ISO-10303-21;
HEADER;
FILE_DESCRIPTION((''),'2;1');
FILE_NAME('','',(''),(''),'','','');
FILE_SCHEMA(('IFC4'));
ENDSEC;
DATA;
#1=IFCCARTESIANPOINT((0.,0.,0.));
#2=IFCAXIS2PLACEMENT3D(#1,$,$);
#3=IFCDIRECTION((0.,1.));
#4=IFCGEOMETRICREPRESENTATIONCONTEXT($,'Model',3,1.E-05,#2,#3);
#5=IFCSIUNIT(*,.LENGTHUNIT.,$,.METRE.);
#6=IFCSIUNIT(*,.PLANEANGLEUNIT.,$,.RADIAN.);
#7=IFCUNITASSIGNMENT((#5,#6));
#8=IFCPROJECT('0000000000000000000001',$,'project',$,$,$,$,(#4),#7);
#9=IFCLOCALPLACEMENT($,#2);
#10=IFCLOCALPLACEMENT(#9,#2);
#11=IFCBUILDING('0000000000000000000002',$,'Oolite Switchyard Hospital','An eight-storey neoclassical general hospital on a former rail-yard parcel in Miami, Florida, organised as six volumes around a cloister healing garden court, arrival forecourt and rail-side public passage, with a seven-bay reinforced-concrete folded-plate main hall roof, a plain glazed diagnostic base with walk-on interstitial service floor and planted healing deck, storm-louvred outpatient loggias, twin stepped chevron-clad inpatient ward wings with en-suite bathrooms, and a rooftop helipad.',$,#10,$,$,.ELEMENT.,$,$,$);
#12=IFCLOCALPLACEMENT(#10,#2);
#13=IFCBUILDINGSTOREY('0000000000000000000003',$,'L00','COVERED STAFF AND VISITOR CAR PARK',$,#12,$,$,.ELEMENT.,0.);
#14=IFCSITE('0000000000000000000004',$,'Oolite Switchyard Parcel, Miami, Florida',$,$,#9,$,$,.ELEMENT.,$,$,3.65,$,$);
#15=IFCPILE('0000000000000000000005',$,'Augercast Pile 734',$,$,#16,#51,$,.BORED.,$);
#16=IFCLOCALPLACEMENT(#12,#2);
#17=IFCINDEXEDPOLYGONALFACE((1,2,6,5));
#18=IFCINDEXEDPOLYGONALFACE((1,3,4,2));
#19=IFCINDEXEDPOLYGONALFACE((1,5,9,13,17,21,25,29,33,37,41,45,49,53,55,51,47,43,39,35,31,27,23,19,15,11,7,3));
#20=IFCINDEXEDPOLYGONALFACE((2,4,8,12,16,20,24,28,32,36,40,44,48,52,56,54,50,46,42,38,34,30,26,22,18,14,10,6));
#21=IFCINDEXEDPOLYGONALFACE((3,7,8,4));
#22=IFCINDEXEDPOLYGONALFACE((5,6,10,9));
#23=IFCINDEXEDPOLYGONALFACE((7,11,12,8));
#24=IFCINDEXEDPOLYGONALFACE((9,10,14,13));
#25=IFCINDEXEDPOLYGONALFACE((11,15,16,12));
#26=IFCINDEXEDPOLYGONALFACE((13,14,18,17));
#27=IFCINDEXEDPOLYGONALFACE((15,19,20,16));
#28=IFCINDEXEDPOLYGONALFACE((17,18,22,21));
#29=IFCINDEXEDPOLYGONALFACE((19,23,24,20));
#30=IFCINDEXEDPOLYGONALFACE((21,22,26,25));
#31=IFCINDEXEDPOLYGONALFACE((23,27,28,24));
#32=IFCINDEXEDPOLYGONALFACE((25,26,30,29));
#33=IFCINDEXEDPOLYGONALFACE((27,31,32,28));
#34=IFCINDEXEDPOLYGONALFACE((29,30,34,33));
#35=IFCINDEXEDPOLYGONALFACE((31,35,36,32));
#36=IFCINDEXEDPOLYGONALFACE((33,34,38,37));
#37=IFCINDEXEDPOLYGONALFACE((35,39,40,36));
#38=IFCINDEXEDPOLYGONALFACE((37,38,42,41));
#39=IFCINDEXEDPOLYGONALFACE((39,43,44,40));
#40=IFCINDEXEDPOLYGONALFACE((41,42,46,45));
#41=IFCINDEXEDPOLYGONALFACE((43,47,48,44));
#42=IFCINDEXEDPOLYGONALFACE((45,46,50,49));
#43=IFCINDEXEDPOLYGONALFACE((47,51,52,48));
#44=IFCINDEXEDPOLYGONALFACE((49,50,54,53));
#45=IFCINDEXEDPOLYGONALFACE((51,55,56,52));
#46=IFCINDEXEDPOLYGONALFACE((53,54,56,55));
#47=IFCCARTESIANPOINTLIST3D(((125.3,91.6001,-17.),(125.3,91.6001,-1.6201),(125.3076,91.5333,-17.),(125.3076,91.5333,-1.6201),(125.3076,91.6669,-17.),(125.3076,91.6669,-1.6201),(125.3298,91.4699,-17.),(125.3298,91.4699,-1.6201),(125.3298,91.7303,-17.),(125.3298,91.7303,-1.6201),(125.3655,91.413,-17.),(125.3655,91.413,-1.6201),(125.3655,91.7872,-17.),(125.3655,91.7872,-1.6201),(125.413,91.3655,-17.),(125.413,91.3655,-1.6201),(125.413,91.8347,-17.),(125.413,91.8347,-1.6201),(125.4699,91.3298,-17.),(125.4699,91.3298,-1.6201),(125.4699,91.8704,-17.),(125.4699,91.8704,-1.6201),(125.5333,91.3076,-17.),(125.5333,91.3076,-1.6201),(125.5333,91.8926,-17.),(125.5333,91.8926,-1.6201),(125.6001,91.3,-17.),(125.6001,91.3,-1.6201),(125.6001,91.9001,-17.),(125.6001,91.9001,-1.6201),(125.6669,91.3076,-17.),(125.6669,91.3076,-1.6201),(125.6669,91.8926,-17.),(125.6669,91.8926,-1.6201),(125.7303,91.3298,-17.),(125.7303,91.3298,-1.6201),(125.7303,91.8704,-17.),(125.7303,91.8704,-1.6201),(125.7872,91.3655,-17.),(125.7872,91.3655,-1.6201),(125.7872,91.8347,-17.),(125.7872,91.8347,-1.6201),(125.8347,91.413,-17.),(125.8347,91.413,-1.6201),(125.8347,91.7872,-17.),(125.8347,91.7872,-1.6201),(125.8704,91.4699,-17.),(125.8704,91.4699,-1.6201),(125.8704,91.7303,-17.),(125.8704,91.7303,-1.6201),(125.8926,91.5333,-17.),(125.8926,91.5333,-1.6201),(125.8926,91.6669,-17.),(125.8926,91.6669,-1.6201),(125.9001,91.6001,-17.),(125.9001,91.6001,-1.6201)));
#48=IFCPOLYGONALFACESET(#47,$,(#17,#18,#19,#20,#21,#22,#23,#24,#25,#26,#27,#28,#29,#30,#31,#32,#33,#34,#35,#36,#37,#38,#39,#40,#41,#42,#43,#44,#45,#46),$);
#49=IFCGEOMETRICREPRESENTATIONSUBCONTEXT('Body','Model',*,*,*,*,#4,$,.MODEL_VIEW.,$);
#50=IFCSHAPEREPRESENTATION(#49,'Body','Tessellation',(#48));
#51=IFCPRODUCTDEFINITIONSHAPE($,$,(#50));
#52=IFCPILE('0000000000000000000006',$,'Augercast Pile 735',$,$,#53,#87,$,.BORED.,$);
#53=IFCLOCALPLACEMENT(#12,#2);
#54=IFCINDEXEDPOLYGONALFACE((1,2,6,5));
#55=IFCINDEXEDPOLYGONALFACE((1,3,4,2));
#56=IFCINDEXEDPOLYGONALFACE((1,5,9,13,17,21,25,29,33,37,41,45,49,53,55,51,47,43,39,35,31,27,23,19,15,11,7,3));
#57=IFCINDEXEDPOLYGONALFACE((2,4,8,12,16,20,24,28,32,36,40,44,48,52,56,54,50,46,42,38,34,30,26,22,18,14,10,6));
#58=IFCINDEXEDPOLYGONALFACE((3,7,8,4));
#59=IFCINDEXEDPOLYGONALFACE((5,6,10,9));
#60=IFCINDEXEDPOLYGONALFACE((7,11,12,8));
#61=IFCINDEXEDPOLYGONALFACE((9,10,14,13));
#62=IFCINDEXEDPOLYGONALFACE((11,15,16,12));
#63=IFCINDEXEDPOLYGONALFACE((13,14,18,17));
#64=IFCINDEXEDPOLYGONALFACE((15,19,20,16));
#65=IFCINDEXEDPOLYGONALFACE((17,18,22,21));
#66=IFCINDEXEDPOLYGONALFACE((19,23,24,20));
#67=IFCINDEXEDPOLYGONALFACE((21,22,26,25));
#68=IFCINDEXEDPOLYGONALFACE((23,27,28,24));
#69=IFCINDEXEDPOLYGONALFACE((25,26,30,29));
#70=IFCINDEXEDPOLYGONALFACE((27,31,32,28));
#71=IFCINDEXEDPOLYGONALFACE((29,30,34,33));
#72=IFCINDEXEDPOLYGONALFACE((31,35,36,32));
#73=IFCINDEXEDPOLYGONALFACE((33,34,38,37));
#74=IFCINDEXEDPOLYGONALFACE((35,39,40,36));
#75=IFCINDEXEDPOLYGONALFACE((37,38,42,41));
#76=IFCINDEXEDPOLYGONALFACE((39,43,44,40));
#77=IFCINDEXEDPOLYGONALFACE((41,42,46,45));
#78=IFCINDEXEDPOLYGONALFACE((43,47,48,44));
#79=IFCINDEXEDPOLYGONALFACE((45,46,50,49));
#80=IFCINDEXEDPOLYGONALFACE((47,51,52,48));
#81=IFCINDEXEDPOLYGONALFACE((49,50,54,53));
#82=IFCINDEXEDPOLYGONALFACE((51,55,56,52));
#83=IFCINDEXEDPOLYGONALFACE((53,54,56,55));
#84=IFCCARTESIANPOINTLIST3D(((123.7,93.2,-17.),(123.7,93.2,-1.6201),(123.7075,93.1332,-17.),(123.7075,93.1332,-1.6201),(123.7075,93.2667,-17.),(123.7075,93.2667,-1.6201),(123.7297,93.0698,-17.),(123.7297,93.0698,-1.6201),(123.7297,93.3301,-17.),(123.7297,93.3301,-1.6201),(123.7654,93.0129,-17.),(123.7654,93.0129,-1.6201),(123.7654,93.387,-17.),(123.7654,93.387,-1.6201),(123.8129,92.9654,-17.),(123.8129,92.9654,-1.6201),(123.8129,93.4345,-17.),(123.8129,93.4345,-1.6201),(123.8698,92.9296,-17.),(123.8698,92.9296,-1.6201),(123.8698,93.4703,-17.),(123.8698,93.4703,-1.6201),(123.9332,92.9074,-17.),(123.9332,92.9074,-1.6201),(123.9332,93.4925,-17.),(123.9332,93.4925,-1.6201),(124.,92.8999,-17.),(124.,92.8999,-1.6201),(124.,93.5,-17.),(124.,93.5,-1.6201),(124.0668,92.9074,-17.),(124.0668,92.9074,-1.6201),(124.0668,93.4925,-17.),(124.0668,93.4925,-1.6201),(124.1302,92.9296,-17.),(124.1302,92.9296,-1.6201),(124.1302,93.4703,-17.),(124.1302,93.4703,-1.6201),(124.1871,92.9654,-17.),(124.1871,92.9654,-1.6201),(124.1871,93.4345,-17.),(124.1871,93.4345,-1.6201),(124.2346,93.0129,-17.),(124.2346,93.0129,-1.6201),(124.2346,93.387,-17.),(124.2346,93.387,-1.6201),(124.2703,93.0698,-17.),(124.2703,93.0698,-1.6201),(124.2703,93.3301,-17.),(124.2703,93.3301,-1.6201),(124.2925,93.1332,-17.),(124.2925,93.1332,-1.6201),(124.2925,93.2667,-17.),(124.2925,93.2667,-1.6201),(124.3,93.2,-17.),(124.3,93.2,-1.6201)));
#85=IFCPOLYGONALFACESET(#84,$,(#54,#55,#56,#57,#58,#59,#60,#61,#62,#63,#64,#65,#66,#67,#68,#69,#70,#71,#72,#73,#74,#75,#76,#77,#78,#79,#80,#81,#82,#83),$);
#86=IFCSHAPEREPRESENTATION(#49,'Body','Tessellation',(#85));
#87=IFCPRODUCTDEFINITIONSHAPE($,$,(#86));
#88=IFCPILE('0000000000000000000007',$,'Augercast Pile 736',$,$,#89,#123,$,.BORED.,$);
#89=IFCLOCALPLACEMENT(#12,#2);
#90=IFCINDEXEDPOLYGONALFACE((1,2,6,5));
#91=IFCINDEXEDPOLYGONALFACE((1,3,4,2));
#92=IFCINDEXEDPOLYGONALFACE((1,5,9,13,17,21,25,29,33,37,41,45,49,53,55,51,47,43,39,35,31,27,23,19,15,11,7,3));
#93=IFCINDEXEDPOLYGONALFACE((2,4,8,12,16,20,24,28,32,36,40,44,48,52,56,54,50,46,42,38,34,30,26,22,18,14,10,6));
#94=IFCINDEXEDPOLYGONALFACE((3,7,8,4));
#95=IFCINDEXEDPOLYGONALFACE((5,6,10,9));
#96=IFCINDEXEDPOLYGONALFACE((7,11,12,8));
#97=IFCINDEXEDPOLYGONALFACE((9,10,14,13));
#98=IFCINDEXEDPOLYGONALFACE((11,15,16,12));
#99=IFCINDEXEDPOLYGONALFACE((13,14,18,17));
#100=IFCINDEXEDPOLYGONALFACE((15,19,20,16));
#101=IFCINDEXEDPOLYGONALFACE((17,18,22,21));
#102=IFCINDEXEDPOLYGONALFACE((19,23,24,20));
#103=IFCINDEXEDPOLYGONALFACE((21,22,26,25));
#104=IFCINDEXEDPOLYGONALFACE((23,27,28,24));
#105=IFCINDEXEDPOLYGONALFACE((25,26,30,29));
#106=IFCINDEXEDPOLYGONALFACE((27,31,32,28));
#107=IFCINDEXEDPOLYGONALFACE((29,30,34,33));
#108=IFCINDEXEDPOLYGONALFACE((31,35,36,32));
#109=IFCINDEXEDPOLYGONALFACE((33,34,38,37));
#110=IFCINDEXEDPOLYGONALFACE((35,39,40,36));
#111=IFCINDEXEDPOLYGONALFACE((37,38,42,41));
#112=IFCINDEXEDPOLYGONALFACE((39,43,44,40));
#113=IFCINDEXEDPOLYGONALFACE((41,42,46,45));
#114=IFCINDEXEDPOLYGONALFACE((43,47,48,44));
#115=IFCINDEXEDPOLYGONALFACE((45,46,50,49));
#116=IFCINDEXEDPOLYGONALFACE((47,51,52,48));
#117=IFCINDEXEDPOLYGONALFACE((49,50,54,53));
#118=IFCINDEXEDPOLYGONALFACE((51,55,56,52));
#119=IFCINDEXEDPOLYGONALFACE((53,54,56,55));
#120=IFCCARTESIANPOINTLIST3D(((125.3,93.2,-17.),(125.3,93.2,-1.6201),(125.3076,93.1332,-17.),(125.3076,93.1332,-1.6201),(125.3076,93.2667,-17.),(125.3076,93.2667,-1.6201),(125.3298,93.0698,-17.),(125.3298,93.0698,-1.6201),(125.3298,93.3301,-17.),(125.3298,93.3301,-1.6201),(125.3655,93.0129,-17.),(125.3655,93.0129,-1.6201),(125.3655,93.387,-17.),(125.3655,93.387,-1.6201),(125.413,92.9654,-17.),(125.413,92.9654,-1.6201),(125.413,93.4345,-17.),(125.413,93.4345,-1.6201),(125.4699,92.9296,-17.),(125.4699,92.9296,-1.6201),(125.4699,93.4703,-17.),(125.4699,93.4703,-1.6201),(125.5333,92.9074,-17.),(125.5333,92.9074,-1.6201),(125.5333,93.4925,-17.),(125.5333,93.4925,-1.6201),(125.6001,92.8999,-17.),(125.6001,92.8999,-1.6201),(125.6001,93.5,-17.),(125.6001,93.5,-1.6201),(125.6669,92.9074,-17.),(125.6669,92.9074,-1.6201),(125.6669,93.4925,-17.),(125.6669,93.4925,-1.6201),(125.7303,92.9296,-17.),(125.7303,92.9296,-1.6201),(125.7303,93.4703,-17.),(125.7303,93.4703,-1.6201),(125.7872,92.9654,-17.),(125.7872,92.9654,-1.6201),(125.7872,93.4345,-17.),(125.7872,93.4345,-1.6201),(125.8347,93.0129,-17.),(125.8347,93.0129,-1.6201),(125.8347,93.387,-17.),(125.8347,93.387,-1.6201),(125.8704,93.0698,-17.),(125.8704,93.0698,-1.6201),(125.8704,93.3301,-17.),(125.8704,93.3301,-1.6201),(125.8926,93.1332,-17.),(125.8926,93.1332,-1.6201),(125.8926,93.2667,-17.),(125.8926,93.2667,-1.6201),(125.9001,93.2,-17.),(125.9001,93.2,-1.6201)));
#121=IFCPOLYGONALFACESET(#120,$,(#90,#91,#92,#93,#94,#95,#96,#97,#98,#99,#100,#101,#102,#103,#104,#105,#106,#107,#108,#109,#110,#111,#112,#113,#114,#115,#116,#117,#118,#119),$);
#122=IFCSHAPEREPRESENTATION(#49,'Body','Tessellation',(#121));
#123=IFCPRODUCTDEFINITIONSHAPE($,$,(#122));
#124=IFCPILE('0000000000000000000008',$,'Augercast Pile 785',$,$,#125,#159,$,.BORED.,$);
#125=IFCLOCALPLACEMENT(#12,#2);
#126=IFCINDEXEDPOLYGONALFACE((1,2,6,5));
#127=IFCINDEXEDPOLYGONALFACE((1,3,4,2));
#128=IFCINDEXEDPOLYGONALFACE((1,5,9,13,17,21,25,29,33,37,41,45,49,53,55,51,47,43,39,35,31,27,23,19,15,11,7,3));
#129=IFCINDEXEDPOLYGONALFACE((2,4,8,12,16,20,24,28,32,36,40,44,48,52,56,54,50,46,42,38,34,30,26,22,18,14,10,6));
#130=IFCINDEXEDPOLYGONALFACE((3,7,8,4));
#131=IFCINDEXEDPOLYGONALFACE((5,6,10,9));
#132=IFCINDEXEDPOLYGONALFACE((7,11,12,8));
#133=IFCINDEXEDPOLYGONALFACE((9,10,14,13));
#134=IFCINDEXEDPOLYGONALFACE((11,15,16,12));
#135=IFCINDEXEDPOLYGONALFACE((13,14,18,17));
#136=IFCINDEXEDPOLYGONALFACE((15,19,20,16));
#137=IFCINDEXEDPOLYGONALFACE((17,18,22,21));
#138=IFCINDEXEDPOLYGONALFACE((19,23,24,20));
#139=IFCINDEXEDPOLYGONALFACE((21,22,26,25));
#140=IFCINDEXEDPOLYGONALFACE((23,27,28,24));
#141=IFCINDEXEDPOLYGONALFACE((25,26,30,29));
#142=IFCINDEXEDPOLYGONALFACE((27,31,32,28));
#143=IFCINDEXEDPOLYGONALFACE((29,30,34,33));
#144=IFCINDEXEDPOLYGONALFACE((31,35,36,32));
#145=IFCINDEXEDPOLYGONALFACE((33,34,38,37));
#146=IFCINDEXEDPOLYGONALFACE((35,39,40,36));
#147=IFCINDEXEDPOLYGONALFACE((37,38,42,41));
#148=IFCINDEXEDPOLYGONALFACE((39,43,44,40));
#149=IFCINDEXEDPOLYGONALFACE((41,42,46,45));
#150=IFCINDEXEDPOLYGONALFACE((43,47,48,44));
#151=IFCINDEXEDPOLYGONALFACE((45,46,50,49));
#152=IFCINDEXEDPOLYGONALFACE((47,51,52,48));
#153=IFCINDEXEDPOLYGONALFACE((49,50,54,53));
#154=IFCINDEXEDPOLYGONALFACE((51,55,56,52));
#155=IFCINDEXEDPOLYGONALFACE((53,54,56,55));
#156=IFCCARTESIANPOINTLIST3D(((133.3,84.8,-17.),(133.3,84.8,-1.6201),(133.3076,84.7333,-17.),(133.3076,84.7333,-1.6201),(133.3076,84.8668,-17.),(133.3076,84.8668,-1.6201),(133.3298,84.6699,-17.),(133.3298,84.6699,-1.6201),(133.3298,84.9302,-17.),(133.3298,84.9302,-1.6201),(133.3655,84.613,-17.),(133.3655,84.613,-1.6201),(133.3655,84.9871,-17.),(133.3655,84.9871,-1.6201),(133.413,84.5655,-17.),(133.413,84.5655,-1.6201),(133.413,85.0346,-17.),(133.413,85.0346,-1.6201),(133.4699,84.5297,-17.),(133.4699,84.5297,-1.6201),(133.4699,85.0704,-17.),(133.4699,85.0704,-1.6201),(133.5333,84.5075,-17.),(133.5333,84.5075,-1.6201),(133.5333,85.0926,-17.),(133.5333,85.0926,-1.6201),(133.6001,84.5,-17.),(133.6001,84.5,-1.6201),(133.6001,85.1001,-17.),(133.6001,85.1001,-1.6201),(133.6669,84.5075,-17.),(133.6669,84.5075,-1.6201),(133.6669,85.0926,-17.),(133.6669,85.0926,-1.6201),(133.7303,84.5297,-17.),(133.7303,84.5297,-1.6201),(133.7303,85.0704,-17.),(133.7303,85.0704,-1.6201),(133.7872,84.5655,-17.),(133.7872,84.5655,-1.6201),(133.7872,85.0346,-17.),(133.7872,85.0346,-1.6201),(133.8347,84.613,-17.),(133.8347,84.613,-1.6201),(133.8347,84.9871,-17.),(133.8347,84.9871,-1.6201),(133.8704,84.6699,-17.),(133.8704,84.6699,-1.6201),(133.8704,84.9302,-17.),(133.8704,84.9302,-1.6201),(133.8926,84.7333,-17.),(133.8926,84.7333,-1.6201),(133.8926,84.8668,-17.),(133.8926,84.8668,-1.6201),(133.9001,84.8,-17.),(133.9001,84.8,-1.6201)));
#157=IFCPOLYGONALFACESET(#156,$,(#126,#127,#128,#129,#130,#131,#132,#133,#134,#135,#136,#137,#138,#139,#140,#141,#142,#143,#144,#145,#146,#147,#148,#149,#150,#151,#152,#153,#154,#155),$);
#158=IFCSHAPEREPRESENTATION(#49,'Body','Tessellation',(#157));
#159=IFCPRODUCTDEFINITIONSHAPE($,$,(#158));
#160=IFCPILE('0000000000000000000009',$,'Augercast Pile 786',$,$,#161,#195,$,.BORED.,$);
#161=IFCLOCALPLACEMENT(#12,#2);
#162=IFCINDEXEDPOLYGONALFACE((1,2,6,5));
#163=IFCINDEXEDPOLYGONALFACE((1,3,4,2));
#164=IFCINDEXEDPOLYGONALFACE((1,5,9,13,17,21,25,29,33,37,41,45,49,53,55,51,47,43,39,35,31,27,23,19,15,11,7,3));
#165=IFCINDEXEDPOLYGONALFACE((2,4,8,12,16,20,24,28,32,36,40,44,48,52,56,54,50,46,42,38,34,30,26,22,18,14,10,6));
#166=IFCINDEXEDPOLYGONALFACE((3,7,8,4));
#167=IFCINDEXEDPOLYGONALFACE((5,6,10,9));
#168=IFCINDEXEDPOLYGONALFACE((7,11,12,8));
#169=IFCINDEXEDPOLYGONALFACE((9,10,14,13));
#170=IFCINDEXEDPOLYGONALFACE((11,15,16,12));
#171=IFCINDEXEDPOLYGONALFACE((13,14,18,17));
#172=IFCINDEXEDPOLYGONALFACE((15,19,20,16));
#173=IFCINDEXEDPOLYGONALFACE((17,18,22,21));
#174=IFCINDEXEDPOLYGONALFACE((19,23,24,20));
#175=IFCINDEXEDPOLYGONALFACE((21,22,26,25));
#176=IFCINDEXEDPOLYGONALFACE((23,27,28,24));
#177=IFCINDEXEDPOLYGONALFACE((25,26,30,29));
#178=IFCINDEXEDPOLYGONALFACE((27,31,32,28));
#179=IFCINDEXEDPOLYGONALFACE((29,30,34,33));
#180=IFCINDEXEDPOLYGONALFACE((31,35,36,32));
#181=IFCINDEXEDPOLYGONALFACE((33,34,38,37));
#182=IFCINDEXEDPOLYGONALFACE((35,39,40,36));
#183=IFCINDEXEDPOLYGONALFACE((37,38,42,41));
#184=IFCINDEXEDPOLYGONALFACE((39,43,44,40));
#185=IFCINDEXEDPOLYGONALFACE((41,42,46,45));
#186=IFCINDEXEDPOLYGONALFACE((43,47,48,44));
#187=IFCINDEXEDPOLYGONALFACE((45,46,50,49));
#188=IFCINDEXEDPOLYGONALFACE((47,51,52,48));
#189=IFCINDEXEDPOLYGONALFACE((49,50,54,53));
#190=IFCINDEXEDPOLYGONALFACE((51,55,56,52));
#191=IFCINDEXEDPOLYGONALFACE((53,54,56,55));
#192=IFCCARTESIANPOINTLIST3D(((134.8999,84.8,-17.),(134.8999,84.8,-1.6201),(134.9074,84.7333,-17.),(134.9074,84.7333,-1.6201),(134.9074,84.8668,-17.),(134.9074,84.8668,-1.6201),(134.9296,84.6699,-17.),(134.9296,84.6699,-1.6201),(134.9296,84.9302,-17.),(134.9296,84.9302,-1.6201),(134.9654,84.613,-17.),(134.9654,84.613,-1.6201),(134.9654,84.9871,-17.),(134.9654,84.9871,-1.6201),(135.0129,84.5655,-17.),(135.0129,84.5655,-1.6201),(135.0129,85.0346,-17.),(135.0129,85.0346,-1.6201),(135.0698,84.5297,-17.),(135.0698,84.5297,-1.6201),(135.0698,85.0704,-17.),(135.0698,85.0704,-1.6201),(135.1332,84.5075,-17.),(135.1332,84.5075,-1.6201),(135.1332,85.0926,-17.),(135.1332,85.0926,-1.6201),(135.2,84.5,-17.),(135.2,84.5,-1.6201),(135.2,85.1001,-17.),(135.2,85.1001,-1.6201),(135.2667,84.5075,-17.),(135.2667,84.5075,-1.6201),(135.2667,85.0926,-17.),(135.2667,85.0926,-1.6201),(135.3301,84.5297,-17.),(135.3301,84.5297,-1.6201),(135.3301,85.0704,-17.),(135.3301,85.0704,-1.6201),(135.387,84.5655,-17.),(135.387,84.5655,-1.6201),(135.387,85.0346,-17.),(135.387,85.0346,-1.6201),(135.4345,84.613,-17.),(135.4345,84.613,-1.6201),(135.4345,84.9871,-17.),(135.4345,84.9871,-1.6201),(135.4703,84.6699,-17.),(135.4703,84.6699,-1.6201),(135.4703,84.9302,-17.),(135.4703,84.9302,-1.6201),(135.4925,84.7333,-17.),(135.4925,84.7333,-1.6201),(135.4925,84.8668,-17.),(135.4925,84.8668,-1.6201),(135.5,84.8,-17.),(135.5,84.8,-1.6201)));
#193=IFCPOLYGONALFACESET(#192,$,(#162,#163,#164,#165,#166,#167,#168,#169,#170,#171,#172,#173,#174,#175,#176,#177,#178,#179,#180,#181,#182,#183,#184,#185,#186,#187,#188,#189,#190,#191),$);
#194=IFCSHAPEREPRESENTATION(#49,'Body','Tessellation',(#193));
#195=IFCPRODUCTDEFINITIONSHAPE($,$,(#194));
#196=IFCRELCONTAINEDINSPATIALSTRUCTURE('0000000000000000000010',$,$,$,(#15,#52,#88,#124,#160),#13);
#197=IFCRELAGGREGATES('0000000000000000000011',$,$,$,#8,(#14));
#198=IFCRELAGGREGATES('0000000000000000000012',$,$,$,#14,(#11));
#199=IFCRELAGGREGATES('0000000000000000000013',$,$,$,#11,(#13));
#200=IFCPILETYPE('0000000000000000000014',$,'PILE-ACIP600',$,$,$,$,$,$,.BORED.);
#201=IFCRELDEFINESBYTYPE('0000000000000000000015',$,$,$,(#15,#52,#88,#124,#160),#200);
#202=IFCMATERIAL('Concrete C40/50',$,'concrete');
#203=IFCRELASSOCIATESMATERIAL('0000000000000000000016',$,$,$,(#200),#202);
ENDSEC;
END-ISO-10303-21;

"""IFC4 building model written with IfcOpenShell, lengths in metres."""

from ifc_helpers import new_model, si_unit, direction, frame, origin, origin_2d, place, context, subcontext, project, spatial, circle, extrude, material, material_profile, profile_set, type_object, element, save


model = new_model("IFC4")

# Units and contexts
model_context = context("Model", 3, precision=1e-05, world=origin(), true_north=direction((0.0, 1.0)))
body_context = subcontext(model_context, "Body", "Model", "MODEL_VIEW")
ifc_project = project(units=[si_unit("LENGTHUNIT", "METRE"), si_unit("PLANEANGLEUNIT", "RADIAN")], contexts=[model_context])

# Site, building, storey
site_placement = place(None, origin())
site = spatial("IfcSite", under=ifc_project, at=site_placement, Name="Oolite Switchyard Parcel, Miami, Florida", CompositionType="ELEMENT", RefElevation=3.65)
building_placement = place(site_placement, origin())
building = spatial("IfcBuilding", under=site, at=building_placement, Name="Oolite Switchyard Hospital", Description="An eight-storey neoclassical general hospital on a former rail-yard parcel in Miami, Florida, organised as six volumes around a cloister healing garden court, arrival forecourt and rail-side public passage, with a seven-bay reinforced-concrete folded-plate main hall roof, a plain glazed diagnostic base with walk-on interstitial service floor and planted healing deck, storm-louvred outpatient loggias, twin stepped chevron-clad inpatient ward wings with en-suite bathrooms, and a rooftop helipad.", CompositionType="ELEMENT")
storey_placement = place(building_placement, origin())
storey = spatial("IfcBuildingStorey", under=building, at=storey_placement, Name="L00", Description="COVERED STAFF AND VISITOR CAR PARK", CompositionType="ELEMENT", Elevation=0.0)

# Shared definitions
ifc_material_1 = material(Name="Concrete C40/50", Category="concrete")

# Piles
ifc_material_profile_1 = material_profile(ifc_material_1, circle(Radius=0.3, at=origin_2d()), Name="PILE600")
ifc_profile_set_1 = profile_set([ifc_material_profile_1], Name="Concrete C40/50")
pile_type = type_object("IfcPileType", Name="PILE-ACIP600", PredefinedType="BORED", material=ifc_profile_set_1)
for number, where, z_axis, x_axis, name in (
    (1, (125.6001, 91.6001, -1.6201), (0.0, 0.0, -1.0), (1.0, 0.0, 0.0), "Augercast Pile 734"),
    (2, (124.0, 93.2, -1.6201), (0.0, 0.0, -1.0), (1.0, 0.0, 0.0), "Augercast Pile 735"),
    (3, (125.6001, 93.2, -1.6201), (0.0, 0.0, -1.0), (1.0, 0.0, 0.0), "Augercast Pile 736"),
    (4, (133.6001, 84.8, -1.6201), (0.0, 0.0, -1.0), (1.0, 0.0, 0.0), "Augercast Pile 785"),
    (5, (135.2, 84.8, -1.6201), (0.0, 0.0, -1.0), (1.0, 0.0, 0.0), "Augercast Pile 786"),
):
    element("IfcPile", number, at=place(storey_placement, frame(where, z_axis=z_axis, x_axis=x_axis)), inside=storey, type_object=pile_type, Name=name, PredefinedType="BORED", context=body_context, shape_type="SweptSolid", body=[
        extrude(circle(Radius=0.3, at=origin_2d()), origin(), (0.0, 0.0, 1.0), 15.3799),
    ])

save(model, "model.ifc")
